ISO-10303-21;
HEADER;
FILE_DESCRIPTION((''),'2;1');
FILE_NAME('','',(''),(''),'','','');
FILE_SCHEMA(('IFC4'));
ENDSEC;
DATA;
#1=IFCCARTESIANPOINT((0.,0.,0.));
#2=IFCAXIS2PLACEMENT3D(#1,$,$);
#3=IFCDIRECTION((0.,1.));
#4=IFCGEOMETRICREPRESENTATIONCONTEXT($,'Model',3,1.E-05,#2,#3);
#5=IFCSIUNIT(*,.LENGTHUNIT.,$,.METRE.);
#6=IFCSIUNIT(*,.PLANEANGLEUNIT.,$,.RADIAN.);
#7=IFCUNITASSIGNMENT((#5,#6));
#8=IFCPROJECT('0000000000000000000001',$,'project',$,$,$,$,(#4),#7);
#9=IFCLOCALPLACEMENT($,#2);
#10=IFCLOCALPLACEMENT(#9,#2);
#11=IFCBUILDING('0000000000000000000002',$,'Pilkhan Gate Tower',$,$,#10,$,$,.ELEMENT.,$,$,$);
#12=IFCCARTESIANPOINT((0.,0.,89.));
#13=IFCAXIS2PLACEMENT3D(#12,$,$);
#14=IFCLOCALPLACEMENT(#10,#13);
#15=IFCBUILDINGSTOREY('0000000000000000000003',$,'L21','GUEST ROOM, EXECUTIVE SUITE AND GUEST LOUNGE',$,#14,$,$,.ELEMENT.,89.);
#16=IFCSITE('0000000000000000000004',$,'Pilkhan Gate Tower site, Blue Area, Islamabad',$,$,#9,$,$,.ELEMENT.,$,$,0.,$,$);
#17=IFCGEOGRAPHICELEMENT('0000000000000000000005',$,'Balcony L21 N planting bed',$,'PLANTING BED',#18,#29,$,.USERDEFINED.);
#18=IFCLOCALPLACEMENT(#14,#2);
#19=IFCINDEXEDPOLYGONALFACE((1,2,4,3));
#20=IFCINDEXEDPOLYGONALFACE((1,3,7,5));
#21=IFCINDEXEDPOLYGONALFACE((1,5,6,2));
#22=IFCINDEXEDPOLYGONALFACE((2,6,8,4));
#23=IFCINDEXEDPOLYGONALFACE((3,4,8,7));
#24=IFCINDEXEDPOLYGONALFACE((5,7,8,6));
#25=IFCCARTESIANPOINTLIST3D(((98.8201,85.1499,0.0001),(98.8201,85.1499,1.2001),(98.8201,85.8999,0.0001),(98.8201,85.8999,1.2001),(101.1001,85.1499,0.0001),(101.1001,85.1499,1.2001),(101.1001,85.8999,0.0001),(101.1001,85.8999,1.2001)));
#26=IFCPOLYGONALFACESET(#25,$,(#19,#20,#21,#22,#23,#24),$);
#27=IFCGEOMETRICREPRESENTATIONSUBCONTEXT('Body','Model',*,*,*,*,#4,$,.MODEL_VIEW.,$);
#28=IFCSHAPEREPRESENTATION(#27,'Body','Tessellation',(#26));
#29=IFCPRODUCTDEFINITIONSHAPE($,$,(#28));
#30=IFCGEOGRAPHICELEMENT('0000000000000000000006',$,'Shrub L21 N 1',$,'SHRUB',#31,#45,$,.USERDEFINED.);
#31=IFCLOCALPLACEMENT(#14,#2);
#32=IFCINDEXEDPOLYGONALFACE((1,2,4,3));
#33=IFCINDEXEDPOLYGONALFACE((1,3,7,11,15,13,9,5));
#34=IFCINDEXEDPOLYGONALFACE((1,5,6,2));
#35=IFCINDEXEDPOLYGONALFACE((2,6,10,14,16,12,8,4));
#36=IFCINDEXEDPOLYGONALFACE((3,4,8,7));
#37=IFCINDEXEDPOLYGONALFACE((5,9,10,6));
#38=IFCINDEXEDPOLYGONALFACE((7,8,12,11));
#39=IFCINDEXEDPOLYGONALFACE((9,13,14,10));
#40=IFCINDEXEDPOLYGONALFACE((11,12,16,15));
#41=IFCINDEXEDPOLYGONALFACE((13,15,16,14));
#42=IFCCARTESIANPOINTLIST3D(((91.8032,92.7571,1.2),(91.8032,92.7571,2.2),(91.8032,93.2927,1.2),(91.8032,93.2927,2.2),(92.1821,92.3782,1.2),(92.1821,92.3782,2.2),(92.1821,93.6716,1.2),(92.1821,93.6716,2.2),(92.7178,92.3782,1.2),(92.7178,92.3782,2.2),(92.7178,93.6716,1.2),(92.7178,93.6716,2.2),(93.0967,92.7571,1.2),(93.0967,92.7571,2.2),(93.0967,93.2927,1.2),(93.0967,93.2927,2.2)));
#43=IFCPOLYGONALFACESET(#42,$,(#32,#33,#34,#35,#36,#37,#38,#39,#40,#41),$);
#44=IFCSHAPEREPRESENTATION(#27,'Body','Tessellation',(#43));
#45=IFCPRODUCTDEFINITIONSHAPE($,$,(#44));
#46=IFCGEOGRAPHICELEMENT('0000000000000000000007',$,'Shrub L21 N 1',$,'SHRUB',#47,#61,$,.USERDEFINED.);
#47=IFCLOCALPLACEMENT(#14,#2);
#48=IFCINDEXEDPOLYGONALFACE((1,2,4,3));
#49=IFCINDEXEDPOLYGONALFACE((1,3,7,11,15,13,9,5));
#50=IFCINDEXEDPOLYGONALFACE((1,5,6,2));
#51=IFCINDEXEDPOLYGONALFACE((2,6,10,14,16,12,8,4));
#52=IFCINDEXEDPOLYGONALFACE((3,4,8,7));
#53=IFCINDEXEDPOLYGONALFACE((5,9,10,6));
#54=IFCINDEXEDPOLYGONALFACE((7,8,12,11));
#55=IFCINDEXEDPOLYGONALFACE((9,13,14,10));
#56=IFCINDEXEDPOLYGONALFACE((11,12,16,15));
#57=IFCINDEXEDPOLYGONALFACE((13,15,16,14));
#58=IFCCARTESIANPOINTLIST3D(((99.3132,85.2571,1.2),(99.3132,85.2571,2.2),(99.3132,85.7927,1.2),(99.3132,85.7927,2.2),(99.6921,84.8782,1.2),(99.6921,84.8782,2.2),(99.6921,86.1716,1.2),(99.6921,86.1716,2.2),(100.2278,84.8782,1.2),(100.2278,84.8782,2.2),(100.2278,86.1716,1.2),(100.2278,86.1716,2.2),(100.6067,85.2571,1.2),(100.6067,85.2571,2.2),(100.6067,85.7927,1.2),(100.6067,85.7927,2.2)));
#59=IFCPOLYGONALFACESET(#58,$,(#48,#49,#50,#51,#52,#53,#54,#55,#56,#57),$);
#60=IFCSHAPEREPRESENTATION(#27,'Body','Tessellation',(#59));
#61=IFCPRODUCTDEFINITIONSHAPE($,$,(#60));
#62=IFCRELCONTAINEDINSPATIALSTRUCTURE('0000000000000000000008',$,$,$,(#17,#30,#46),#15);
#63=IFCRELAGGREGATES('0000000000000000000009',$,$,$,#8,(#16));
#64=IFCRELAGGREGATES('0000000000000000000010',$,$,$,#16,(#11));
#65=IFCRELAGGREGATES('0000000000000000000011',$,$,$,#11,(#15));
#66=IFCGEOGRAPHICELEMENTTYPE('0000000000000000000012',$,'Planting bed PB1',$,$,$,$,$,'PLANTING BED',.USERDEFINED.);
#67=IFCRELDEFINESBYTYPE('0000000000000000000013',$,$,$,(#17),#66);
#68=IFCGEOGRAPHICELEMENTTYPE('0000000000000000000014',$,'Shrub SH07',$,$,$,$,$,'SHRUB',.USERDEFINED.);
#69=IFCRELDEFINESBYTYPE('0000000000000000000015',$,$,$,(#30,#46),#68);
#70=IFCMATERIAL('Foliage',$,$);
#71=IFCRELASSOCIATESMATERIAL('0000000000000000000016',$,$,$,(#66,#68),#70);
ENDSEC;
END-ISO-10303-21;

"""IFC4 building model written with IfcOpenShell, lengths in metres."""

from ifc_helpers import new_model, si_unit, direction, frame, origin, origin_2d, place, context, subcontext, project, spatial, polyline, rectangle, outline, extrude, material, material_profile, profile_set, type_object, element, save


model = new_model("IFC4")

# Units and contexts
model_context = context("Model", 3, precision=1e-05, world=origin(), true_north=direction((0.0, 1.0)))
body_context = subcontext(model_context, "Body", "Model", "MODEL_VIEW")
ifc_project = project(units=[si_unit("LENGTHUNIT", "METRE"), si_unit("PLANEANGLEUNIT", "RADIAN")], contexts=[model_context])

# Site, building, storey
site_placement = place(None, origin())
site = spatial("IfcSite", under=ifc_project, at=site_placement, Name="Pilkhan Gate Tower site, Blue Area, Islamabad", CompositionType="ELEMENT", RefElevation=0.0)
building_placement = place(site_placement, origin())
building = spatial("IfcBuilding", under=site, at=building_placement, Name="Pilkhan Gate Tower", CompositionType="ELEMENT")
storey_placement = place(building_placement, frame((0.0, 0.0, 89.0)))
storey = spatial("IfcBuildingStorey", under=building, at=storey_placement, Name="L21", Description="GUEST ROOM, EXECUTIVE SUITE AND GUEST LOUNGE", CompositionType="ELEMENT", Elevation=89.0)

# Geographic elements
ifc_material_1 = material(Name="Foliage")
ifc_material_profile_1 = material_profile(ifc_material_1, rectangle(XDim=0.75, YDim=1.2, at=origin_2d()), Name="Bed 750x1200")
ifc_profile_set_1 = profile_set([ifc_material_profile_1], Name="Foliage")
geographic_element_type_1 = type_object("IfcGeographicElementType", Name="Planting bed PB1", ElementType="PLANTING BED", PredefinedType="USERDEFINED", material=ifc_profile_set_1)
geographic_element_1_placement = place(storey_placement, frame((98.8201, 85.5249, 0.6001), z_axis=(1.0, 0.0, 0.0), x_axis=(0.0, 1.0, 0.0)))
element("IfcGeographicElement", 1, at=geographic_element_1_placement, inside=storey, type_object=geographic_element_type_1, Name="Balcony L21 N planting bed", ObjectType="PLANTING BED", PredefinedType="USERDEFINED", context=body_context, shape_type="SweptSolid", body=[
    extrude(rectangle(XDim=0.75, YDim=1.2, at=origin_2d()), origin(), (0.0, 0.0, 1.0), 2.28),
])
ifc_material_profile_2 = material_profile(ifc_material_1, outline(polyline([(0.6467, 0.2678), (0.2678, 0.6467), (-0.2678, 0.6467), (-0.6467, 0.2678), (-0.6467, -0.2678), (-0.2678, -0.6467), (0.2678, -0.6467), (0.6467, -0.2678), (0.6467, 0.2678)])), Name="Shrub D1.4")
ifc_profile_set_2 = profile_set([ifc_material_profile_2], Name="Foliage")
geographic_element_type_2 = type_object("IfcGeographicElementType", Name="Shrub SH07", ElementType="SHRUB", PredefinedType="USERDEFINED", material=ifc_profile_set_2)
for number, where, z_axis, x_axis, name in (
    (2, (92.45, 93.0249, 1.2), (0.0, 0.0, 1.0), (1.0, 0.0, 0.0), "Shrub L21 N 1"),
    (3, (99.96, 85.5249, 1.2), (0.0, 0.0, 1.0), (1.0, 0.0, 0.0), "Shrub L21 N 1"),
):
    element("IfcGeographicElement", number, at=place(storey_placement, frame(where, z_axis=z_axis, x_axis=x_axis)), inside=storey, type_object=geographic_element_type_2, Name=name, ObjectType="SHRUB", PredefinedType="USERDEFINED", context=body_context, shape_type="SweptSolid", body=[
        extrude(outline(polyline([(0.6467, 0.2678), (0.2678, 0.6467), (-0.2678, 0.6467), (-0.6467, 0.2678), (-0.6467, -0.2678), (-0.2678, -0.6467), (0.2678, -0.6467), (0.6467, -0.2678), (0.6467, 0.2678)])), origin(), (0.0, 0.0, 1.0), 1.0),
    ])

save(model, "model.ifc")
